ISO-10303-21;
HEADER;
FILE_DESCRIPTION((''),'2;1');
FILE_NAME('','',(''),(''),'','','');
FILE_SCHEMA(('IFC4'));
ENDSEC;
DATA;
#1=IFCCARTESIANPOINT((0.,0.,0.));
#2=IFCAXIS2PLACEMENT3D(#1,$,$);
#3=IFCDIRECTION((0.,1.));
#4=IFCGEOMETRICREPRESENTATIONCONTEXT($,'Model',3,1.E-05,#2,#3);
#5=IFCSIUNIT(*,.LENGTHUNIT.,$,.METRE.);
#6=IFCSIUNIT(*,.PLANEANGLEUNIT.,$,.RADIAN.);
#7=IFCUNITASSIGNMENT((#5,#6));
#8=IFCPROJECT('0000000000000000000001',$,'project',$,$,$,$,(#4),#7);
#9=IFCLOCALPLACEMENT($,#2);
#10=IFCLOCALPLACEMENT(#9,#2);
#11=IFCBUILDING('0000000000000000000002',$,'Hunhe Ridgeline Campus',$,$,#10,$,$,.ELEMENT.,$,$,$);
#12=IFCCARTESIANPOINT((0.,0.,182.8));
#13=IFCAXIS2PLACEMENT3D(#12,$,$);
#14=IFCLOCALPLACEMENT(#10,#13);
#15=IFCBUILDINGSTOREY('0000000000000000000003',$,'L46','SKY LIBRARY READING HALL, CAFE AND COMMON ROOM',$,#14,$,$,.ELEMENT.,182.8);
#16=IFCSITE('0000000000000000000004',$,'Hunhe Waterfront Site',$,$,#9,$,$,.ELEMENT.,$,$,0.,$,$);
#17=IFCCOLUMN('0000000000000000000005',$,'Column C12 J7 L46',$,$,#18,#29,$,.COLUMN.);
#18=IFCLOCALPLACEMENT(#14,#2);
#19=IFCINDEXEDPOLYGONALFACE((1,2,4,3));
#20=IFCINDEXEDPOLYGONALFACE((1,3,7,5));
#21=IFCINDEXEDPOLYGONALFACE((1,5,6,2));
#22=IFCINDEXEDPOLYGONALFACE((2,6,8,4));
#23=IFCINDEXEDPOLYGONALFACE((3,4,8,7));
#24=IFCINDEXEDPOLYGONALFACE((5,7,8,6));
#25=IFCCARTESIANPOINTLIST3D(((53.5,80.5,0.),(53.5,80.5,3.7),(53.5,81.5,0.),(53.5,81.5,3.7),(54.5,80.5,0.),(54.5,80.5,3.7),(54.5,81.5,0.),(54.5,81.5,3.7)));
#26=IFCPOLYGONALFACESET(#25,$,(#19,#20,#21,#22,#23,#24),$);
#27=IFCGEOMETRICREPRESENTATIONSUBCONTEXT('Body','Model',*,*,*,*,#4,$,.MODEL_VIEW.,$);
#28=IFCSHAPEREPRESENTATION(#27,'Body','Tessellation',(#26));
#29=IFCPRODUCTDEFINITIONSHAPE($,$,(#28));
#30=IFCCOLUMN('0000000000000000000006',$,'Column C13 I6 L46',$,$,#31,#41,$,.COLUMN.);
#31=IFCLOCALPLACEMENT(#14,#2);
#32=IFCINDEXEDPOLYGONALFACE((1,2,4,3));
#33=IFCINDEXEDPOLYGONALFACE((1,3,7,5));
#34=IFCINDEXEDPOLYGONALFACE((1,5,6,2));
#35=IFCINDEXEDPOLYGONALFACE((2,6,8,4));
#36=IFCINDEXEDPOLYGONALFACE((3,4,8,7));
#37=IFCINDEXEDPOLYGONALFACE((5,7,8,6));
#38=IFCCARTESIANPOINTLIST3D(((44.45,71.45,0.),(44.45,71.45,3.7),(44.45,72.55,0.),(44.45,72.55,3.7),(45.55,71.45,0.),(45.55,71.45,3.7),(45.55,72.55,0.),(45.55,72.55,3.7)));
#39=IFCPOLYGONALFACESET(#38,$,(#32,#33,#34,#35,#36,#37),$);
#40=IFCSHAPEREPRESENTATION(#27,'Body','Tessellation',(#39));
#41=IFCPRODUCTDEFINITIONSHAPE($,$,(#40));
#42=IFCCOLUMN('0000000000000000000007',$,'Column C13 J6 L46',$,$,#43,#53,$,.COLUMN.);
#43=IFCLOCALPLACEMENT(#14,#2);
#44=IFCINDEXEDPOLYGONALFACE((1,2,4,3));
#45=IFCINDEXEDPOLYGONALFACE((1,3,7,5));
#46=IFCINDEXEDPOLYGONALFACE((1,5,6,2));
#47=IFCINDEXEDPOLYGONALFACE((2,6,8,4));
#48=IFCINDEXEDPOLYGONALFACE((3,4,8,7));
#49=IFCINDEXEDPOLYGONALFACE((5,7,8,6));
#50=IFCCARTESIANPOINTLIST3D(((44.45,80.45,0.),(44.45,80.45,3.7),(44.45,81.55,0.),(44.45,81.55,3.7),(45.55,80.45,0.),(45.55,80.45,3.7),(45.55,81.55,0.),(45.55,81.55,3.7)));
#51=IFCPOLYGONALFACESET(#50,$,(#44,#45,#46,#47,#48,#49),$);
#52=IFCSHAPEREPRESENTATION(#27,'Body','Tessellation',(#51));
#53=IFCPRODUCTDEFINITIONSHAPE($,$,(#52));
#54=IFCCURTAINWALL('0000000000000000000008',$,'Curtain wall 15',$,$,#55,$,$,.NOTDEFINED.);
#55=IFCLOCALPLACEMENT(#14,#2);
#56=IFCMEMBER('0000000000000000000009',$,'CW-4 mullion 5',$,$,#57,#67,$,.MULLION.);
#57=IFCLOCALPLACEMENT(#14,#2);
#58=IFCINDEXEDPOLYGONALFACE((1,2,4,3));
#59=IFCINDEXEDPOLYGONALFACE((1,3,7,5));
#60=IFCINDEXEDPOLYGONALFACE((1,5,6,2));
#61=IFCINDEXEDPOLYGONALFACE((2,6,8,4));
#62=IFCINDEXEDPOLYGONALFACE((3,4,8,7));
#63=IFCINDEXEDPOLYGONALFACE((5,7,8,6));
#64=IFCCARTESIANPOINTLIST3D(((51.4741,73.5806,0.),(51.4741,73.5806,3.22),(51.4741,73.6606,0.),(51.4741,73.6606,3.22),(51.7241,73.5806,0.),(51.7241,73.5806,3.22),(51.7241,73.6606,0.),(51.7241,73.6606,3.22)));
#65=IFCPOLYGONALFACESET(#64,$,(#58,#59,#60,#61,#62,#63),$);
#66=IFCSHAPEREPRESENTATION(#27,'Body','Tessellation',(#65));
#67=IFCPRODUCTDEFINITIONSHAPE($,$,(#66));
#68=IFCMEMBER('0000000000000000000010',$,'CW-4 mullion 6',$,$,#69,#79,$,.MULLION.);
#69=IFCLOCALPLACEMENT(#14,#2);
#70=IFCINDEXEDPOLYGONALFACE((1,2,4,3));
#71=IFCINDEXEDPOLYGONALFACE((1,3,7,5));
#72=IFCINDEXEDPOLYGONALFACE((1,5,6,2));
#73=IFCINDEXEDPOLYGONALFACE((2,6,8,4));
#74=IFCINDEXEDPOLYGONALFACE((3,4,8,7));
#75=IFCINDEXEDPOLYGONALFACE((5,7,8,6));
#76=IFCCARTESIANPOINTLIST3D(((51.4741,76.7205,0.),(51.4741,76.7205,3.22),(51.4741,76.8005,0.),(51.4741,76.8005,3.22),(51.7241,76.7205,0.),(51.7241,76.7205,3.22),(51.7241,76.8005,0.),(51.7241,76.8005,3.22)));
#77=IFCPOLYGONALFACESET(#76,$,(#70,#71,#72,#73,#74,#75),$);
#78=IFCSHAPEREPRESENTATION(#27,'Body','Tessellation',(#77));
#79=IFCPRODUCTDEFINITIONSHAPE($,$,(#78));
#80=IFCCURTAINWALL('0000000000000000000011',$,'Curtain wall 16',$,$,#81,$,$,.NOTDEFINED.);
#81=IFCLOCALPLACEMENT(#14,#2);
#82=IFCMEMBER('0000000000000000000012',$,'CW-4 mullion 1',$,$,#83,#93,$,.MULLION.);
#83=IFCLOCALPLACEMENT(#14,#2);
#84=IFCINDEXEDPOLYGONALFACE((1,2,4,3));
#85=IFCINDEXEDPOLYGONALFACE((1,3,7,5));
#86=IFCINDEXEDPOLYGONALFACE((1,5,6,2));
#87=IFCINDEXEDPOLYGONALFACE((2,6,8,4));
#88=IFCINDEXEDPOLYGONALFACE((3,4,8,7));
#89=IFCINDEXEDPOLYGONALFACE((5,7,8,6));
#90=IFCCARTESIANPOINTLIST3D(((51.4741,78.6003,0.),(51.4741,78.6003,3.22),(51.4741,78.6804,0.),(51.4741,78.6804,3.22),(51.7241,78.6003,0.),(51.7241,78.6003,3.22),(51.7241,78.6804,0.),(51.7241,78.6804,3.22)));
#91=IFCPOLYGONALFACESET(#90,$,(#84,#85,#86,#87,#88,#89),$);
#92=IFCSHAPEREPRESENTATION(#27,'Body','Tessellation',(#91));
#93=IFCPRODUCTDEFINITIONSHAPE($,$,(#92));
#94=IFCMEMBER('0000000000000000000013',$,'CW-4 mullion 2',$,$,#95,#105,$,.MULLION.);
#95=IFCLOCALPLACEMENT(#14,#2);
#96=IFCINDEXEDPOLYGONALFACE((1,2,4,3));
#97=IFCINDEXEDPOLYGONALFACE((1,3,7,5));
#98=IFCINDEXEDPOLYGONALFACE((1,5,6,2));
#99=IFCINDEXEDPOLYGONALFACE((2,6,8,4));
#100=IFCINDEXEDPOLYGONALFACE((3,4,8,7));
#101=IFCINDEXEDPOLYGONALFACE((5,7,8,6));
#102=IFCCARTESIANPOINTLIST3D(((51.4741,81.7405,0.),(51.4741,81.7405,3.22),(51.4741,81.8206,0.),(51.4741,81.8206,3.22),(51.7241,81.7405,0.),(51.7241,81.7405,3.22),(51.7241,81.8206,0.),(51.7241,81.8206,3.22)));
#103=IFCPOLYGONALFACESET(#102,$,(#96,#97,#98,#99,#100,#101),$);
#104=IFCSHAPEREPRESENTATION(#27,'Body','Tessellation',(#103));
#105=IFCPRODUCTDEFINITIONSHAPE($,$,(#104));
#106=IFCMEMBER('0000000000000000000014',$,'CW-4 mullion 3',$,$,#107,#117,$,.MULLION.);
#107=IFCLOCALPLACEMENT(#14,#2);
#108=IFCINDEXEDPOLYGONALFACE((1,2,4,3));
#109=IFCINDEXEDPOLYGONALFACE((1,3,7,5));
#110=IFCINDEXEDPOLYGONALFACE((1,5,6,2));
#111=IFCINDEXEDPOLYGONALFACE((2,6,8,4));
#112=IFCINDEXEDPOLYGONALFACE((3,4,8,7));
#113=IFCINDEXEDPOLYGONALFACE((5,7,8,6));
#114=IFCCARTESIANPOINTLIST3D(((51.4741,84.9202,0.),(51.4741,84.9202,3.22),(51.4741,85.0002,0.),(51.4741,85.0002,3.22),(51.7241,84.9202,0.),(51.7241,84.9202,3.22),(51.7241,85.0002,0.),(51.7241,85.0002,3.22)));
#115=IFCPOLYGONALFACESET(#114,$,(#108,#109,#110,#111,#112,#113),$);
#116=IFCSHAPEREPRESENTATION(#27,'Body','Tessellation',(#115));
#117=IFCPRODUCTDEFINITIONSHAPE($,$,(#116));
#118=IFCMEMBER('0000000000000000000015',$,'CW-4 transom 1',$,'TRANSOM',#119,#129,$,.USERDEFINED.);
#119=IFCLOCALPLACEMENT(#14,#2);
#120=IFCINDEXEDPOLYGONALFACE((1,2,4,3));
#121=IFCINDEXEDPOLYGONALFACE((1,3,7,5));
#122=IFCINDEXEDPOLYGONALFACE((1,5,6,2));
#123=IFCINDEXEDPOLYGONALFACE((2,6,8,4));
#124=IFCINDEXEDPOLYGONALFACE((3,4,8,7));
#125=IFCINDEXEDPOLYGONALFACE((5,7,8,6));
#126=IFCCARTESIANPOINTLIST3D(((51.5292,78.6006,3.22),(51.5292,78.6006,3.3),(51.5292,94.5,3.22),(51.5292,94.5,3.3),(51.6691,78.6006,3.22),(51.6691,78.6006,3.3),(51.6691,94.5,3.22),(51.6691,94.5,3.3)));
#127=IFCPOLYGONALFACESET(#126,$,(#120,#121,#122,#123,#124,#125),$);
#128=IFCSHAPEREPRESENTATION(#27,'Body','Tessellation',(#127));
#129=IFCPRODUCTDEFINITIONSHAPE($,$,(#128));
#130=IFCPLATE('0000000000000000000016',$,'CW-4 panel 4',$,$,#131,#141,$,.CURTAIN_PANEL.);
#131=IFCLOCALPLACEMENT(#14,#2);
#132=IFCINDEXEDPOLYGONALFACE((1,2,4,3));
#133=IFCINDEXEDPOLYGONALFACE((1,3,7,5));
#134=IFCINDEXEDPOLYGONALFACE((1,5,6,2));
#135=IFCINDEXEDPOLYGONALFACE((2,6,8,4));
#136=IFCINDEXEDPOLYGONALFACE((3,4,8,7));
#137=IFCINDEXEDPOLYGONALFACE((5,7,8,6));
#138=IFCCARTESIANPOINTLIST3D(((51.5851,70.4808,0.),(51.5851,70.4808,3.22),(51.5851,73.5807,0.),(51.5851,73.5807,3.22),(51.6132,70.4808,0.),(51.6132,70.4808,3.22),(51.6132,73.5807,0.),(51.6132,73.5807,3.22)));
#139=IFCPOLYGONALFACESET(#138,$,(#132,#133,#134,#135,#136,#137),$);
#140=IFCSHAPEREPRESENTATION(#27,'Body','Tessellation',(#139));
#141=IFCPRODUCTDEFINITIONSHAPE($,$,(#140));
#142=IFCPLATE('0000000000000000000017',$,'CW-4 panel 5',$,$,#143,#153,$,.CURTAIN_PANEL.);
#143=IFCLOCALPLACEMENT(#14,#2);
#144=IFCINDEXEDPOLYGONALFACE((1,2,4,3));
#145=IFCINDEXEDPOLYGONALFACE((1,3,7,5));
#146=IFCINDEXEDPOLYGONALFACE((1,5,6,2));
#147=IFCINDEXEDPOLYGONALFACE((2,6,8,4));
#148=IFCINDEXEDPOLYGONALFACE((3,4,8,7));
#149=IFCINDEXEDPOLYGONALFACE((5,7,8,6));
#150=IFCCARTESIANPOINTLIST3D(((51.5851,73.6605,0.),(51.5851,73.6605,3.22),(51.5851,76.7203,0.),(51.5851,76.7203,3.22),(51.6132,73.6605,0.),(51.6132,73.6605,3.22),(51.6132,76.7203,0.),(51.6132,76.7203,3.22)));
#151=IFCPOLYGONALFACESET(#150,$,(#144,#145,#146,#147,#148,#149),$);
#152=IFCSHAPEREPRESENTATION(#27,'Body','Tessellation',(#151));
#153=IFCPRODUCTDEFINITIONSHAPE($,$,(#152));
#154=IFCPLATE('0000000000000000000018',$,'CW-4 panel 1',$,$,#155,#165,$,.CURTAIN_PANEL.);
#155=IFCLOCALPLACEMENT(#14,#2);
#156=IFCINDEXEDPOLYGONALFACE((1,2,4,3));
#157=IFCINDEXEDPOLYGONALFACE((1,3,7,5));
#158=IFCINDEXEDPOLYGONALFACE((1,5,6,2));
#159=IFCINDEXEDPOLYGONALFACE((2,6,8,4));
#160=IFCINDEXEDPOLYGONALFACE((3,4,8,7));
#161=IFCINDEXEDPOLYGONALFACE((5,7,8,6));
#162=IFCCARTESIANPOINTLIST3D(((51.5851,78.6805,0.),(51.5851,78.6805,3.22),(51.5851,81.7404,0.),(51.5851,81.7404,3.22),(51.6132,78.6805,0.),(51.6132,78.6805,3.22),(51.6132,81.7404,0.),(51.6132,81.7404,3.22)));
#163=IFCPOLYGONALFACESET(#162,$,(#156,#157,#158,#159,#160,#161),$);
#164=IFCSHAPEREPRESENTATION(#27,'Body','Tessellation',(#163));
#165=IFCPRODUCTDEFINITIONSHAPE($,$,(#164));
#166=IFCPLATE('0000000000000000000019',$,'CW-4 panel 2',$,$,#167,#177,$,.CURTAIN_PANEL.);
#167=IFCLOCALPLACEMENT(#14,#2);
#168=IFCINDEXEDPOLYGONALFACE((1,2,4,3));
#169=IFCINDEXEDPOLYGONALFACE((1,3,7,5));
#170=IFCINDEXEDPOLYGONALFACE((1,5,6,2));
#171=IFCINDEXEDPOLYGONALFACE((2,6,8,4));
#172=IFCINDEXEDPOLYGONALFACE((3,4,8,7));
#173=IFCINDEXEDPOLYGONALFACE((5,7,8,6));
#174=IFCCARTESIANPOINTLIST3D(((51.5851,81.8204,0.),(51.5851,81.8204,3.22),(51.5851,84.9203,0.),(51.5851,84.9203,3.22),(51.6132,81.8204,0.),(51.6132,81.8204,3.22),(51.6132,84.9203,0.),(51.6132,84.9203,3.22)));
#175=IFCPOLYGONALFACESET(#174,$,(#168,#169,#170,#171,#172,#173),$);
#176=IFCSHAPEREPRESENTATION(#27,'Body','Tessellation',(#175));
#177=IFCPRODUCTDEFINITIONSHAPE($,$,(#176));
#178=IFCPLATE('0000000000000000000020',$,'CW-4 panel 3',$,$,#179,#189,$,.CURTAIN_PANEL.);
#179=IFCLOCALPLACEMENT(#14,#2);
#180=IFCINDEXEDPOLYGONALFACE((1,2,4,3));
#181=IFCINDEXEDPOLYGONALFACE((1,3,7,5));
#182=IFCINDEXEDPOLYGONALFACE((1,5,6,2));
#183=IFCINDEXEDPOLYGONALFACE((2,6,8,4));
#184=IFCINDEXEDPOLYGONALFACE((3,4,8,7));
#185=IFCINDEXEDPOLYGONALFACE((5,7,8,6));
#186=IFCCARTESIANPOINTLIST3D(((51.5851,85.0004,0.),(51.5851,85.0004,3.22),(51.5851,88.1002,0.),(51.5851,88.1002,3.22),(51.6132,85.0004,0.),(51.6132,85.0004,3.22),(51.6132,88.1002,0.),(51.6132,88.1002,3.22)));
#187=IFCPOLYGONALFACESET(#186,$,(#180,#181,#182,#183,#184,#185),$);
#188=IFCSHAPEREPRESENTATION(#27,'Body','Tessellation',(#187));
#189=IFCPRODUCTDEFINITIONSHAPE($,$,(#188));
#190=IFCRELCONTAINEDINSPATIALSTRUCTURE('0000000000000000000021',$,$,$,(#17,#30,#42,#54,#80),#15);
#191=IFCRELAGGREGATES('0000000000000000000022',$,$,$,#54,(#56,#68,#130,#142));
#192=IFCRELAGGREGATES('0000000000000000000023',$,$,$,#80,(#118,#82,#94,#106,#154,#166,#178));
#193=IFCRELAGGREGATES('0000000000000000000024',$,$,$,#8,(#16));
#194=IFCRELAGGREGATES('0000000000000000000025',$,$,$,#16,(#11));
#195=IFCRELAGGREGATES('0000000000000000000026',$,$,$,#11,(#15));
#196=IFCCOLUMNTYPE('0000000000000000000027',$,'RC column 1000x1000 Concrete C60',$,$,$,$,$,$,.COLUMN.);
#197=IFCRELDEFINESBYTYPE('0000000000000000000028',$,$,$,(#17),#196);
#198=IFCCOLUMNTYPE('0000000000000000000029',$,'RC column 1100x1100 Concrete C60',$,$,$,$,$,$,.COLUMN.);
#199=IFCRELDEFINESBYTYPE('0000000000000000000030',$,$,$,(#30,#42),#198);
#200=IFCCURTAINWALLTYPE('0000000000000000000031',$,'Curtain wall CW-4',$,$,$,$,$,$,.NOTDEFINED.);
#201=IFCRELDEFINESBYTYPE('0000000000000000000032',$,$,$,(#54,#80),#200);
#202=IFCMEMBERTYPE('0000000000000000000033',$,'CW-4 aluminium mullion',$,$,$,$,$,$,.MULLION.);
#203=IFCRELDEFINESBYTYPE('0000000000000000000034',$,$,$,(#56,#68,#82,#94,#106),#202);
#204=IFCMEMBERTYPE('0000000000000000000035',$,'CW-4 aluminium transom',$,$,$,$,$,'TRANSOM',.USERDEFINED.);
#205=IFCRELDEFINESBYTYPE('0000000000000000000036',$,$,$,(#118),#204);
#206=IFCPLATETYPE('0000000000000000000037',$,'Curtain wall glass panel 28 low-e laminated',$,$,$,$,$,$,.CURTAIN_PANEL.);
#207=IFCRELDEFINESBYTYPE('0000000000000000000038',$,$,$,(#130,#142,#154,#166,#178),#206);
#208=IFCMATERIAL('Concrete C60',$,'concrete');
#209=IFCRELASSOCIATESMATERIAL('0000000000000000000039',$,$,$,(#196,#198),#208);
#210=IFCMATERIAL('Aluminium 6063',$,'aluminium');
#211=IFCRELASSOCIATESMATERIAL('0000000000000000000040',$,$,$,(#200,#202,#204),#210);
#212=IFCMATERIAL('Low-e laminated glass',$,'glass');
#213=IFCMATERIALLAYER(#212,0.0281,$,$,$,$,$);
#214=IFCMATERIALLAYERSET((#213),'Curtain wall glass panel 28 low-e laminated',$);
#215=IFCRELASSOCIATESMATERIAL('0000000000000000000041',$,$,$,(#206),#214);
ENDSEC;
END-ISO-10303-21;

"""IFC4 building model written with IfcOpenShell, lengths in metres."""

from ifc_helpers import new_model, si_unit, direction, frame, origin, origin_2d, place, context, subcontext, project, spatial, rectangle, extrude, material, layer, layer_set, material_profile, profile_set, type_object, element, aggregate, save


model = new_model("IFC4")

# Units and contexts
model_context = context("Model", 3, precision=1e-05, world=origin(), true_north=direction((0.0, 1.0)))
body_context = subcontext(model_context, "Body", "Model", "MODEL_VIEW")
ifc_project = project(units=[si_unit("LENGTHUNIT", "METRE"), si_unit("PLANEANGLEUNIT", "RADIAN")], contexts=[model_context])

# Site, building, storey
site_placement = place(None, origin())
site = spatial("IfcSite", under=ifc_project, at=site_placement, Name="Hunhe Waterfront Site", CompositionType="ELEMENT", RefElevation=0.0)
building_placement = place(site_placement, origin())
building = spatial("IfcBuilding", under=site, at=building_placement, Name="Hunhe Ridgeline Campus", CompositionType="ELEMENT")
storey_placement = place(building_placement, frame((0.0, 0.0, 182.8)))
storey = spatial("IfcBuildingStorey", under=building, at=storey_placement, Name="L46", Description="SKY LIBRARY READING HALL, CAFE AND COMMON ROOM", CompositionType="ELEMENT", Elevation=182.8)

# Columns
ifc_material_1 = material(Name="Concrete C60", Category="concrete")
ifc_material_profile_1 = material_profile(ifc_material_1, rectangle(XDim=1.0, YDim=1.0, at=origin_2d()))
ifc_profile_set_1 = profile_set([ifc_material_profile_1], Name="Concrete C60")
column_type_1 = type_object("IfcColumnType", Name="RC column 1000x1000 Concrete C60", PredefinedType="COLUMN", material=ifc_profile_set_1)
column_placement = place(storey_placement, frame((54.0, 81.0, 0.0), z_axis=(0.0, 0.0, 1.0), x_axis=(1.0, 0.0, 0.0)))
element("IfcColumn", 1, at=column_placement, inside=storey, type_object=column_type_1, Name="Column C12 J7 L46", PredefinedType="COLUMN", context=body_context, shape_type="SweptSolid", body=[
    extrude(rectangle(XDim=1.0, YDim=1.0, at=origin_2d()), origin(), (0.0, 0.0, 1.0), 3.7),
])
ifc_material_profile_2 = material_profile(ifc_material_1, rectangle(XDim=1.1001, YDim=1.1001, at=origin_2d()))
ifc_profile_set_2 = profile_set([ifc_material_profile_2], Name="Concrete C60")
column_type_2 = type_object("IfcColumnType", Name="RC column 1100x1100 Concrete C60", PredefinedType="COLUMN", material=ifc_profile_set_2)
for number, where, z_axis, x_axis, name in (
    (2, (45.0, 72.0, 0.0), (0.0, 0.0, 1.0), (1.0, 0.0, 0.0), "Column C13 I6 L46"),
    (3, (45.0, 81.0, 0.0), (0.0, 0.0, 1.0), (1.0, 0.0, 0.0), "Column C13 J6 L46"),
):
    element("IfcColumn", number, at=place(storey_placement, frame(where, z_axis=z_axis, x_axis=x_axis)), inside=storey, type_object=column_type_2, Name=name, PredefinedType="COLUMN", context=body_context, shape_type="SweptSolid", body=[
        extrude(rectangle(XDim=1.1001, YDim=1.1001, at=origin_2d()), origin(), (0.0, 0.0, 1.0), 3.7),
    ])

# Curtain walls, members
ifc_material_2 = material(Name="Aluminium 6063", Category="aluminium")
curtain_wall_type = type_object("IfcCurtainWallType", Name="Curtain wall CW-4", PredefinedType="NOTDEFINED", material=ifc_material_2)
curtain_wall_1_placement = place(storey_placement, origin())
curtain_wall_1 = element("IfcCurtainWall", 4, at=curtain_wall_1_placement, inside=storey, type_object=curtain_wall_type, Name="Curtain wall 15", PredefinedType="NOTDEFINED")
ifc_material_profile_3 = material_profile(ifc_material_2, rectangle(XDim=0.25, YDim=0.0801, at=origin_2d()))
ifc_profile_set_3 = profile_set([ifc_material_profile_3], Name="Aluminium 6063")
member_type_1 = type_object("IfcMemberType", Name="CW-4 aluminium mullion", PredefinedType="MULLION", material=ifc_profile_set_3)
member_1_placement = place(storey_placement, frame((51.5991, 73.6206, 0.0), z_axis=(0.0, 0.0, 1.0), x_axis=(-1.0, 0.0, 0.0)))
member_1 = element("IfcMember", 5, at=member_1_placement, type_object=member_type_1, Name="CW-4 mullion 5", PredefinedType="MULLION", context=body_context, shape_type="SweptSolid", body=[
    extrude(rectangle(XDim=0.25, YDim=0.0801, at=origin_2d()), origin(), (0.0, 0.0, 1.0), 3.22),
])
member_2_placement = place(storey_placement, frame((51.5991, 76.7605, 0.0), z_axis=(0.0, 0.0, 1.0), x_axis=(-1.0, 0.0, 0.0)))
member_2 = element("IfcMember", 6, at=member_2_placement, type_object=member_type_1, Name="CW-4 mullion 6", PredefinedType="MULLION", context=body_context, shape_type="SweptSolid", body=[
    extrude(rectangle(XDim=0.25, YDim=0.0801, at=origin_2d()), origin(), (0.0, 0.0, 1.0), 3.22),
])
curtain_wall_2_placement = place(storey_placement, origin())
curtain_wall_2 = element("IfcCurtainWall", 7, at=curtain_wall_2_placement, inside=storey, type_object=curtain_wall_type, Name="Curtain wall 16", PredefinedType="NOTDEFINED")
member_3_placement = place(storey_placement, frame((51.5991, 78.6404, 0.0), z_axis=(0.0, 0.0, 1.0), x_axis=(-1.0, 0.0, 0.0)))
member_3 = element("IfcMember", 8, at=member_3_placement, type_object=member_type_1, Name="CW-4 mullion 1", PredefinedType="MULLION", context=body_context, shape_type="SweptSolid", body=[
    extrude(rectangle(XDim=0.25, YDim=0.0801, at=origin_2d()), origin(), (0.0, 0.0, 1.0), 3.22),
])
member_4_placement = place(storey_placement, frame((51.5991, 81.7805, 0.0), z_axis=(0.0, 0.0, 1.0), x_axis=(-1.0, 0.0, 0.0)))
member_4 = element("IfcMember", 9, at=member_4_placement, type_object=member_type_1, Name="CW-4 mullion 2", PredefinedType="MULLION", context=body_context, shape_type="SweptSolid", body=[
    extrude(rectangle(XDim=0.25, YDim=0.0801, at=origin_2d()), origin(), (0.0, 0.0, 1.0), 3.22),
])
member_5_placement = place(storey_placement, frame((51.5991, 84.9602, 0.0), z_axis=(0.0, 0.0, 1.0), x_axis=(-1.0, 0.0, 0.0)))
member_5 = element("IfcMember", 10, at=member_5_placement, type_object=member_type_1, Name="CW-4 mullion 3", PredefinedType="MULLION", context=body_context, shape_type="SweptSolid", body=[
    extrude(rectangle(XDim=0.25, YDim=0.0801, at=origin_2d()), origin(), (0.0, 0.0, 1.0), 3.22),
])
ifc_material_profile_4 = material_profile(ifc_material_2, rectangle(XDim=0.1399, YDim=0.0801, at=origin_2d()))
ifc_profile_set_4 = profile_set([ifc_material_profile_4], Name="Aluminium 6063")
member_type_2 = type_object("IfcMemberType", Name="CW-4 aluminium transom", ElementType="TRANSOM", PredefinedType="USERDEFINED", material=ifc_profile_set_4)
member_6_placement = place(storey_placement, frame((51.5991, 78.6006, 3.26), z_axis=(0.0, 1.0, 0.0), x_axis=(-1.0, 0.0, 0.0)))
member_6 = element("IfcMember", 11, at=member_6_placement, type_object=member_type_2, Name="CW-4 transom 1", ObjectType="TRANSOM", PredefinedType="USERDEFINED", context=body_context, shape_type="SweptSolid", body=[
    extrude(rectangle(XDim=0.1399, YDim=0.0801, at=origin_2d()), origin(), (0.0, 0.0, 1.0), 15.8994),
])

# Plates
ifc_material_3 = material(Name="Low-e laminated glass", Category="glass")
ifc_layer_1 = layer(ifc_material_3, 0.0281)
ifc_layer_set_1 = layer_set([ifc_layer_1], Name="Curtain wall glass panel 28 low-e laminated")
plate_type = type_object("IfcPlateType", Name="Curtain wall glass panel 28 low-e laminated", PredefinedType="CURTAIN_PANEL", material=ifc_layer_set_1)
plate_1_placement = place(storey_placement, frame((51.5991, 72.0308, 0.0), z_axis=(0.0, 0.0, 1.0), x_axis=(0.0, 1.0, 0.0)))
plate_1 = element("IfcPlate", 12, at=plate_1_placement, type_object=plate_type, Name="CW-4 panel 4", PredefinedType="CURTAIN_PANEL", context=body_context, shape_type="SweptSolid", body=[
    extrude(rectangle(XDim=3.0999, YDim=0.0281, at=origin_2d()), origin(), (0.0, 0.0, 1.0), 3.22),
])
plate_2_placement = place(storey_placement, frame((51.5991, 75.1904, 0.0), z_axis=(0.0, 0.0, 1.0), x_axis=(0.0, 1.0, 0.0)))
plate_2 = element("IfcPlate", 13, at=plate_2_placement, type_object=plate_type, Name="CW-4 panel 5", PredefinedType="CURTAIN_PANEL", context=body_context, shape_type="SweptSolid", body=[
    extrude(rectangle(XDim=3.0598, YDim=0.0281, at=origin_2d()), origin(), (0.0, 0.0, 1.0), 3.22),
])
aggregate(curtain_wall_1, [member_1, member_2, plate_1, plate_2])
plate_3_placement = place(storey_placement, frame((51.5991, 80.2104, 0.0), z_axis=(0.0, 0.0, 1.0), x_axis=(0.0, 1.0, 0.0)))
plate_3 = element("IfcPlate", 14, at=plate_3_placement, type_object=plate_type, Name="CW-4 panel 1", PredefinedType="CURTAIN_PANEL", context=body_context, shape_type="SweptSolid", body=[
    extrude(rectangle(XDim=3.0598, YDim=0.0281, at=origin_2d()), origin(), (0.0, 0.0, 1.0), 3.22),
])
plate_4_placement = place(storey_placement, frame((51.5991, 83.3704, 0.0), z_axis=(0.0, 0.0, 1.0), x_axis=(0.0, 1.0, 0.0)))
plate_4 = element("IfcPlate", 15, at=plate_4_placement, type_object=plate_type, Name="CW-4 panel 2", PredefinedType="CURTAIN_PANEL", context=body_context, shape_type="SweptSolid", body=[
    extrude(rectangle(XDim=3.0999, YDim=0.0281, at=origin_2d()), origin(), (0.0, 0.0, 1.0), 3.22),
])
plate_5_placement = place(storey_placement, frame((51.5991, 86.5503, 0.0), z_axis=(0.0, 0.0, 1.0), x_axis=(0.0, 1.0, 0.0)))
plate_5 = element("IfcPlate", 16, at=plate_5_placement, type_object=plate_type, Name="CW-4 panel 3", PredefinedType="CURTAIN_PANEL", context=body_context, shape_type="SweptSolid", body=[
    extrude(rectangle(XDim=3.0999, YDim=0.0281, at=origin_2d()), origin(), (0.0, 0.0, 1.0), 3.22),
])
aggregate(curtain_wall_2, [member_6, member_3, member_4, member_5, plate_3, plate_4, plate_5])

save(model, "model.ifc")
